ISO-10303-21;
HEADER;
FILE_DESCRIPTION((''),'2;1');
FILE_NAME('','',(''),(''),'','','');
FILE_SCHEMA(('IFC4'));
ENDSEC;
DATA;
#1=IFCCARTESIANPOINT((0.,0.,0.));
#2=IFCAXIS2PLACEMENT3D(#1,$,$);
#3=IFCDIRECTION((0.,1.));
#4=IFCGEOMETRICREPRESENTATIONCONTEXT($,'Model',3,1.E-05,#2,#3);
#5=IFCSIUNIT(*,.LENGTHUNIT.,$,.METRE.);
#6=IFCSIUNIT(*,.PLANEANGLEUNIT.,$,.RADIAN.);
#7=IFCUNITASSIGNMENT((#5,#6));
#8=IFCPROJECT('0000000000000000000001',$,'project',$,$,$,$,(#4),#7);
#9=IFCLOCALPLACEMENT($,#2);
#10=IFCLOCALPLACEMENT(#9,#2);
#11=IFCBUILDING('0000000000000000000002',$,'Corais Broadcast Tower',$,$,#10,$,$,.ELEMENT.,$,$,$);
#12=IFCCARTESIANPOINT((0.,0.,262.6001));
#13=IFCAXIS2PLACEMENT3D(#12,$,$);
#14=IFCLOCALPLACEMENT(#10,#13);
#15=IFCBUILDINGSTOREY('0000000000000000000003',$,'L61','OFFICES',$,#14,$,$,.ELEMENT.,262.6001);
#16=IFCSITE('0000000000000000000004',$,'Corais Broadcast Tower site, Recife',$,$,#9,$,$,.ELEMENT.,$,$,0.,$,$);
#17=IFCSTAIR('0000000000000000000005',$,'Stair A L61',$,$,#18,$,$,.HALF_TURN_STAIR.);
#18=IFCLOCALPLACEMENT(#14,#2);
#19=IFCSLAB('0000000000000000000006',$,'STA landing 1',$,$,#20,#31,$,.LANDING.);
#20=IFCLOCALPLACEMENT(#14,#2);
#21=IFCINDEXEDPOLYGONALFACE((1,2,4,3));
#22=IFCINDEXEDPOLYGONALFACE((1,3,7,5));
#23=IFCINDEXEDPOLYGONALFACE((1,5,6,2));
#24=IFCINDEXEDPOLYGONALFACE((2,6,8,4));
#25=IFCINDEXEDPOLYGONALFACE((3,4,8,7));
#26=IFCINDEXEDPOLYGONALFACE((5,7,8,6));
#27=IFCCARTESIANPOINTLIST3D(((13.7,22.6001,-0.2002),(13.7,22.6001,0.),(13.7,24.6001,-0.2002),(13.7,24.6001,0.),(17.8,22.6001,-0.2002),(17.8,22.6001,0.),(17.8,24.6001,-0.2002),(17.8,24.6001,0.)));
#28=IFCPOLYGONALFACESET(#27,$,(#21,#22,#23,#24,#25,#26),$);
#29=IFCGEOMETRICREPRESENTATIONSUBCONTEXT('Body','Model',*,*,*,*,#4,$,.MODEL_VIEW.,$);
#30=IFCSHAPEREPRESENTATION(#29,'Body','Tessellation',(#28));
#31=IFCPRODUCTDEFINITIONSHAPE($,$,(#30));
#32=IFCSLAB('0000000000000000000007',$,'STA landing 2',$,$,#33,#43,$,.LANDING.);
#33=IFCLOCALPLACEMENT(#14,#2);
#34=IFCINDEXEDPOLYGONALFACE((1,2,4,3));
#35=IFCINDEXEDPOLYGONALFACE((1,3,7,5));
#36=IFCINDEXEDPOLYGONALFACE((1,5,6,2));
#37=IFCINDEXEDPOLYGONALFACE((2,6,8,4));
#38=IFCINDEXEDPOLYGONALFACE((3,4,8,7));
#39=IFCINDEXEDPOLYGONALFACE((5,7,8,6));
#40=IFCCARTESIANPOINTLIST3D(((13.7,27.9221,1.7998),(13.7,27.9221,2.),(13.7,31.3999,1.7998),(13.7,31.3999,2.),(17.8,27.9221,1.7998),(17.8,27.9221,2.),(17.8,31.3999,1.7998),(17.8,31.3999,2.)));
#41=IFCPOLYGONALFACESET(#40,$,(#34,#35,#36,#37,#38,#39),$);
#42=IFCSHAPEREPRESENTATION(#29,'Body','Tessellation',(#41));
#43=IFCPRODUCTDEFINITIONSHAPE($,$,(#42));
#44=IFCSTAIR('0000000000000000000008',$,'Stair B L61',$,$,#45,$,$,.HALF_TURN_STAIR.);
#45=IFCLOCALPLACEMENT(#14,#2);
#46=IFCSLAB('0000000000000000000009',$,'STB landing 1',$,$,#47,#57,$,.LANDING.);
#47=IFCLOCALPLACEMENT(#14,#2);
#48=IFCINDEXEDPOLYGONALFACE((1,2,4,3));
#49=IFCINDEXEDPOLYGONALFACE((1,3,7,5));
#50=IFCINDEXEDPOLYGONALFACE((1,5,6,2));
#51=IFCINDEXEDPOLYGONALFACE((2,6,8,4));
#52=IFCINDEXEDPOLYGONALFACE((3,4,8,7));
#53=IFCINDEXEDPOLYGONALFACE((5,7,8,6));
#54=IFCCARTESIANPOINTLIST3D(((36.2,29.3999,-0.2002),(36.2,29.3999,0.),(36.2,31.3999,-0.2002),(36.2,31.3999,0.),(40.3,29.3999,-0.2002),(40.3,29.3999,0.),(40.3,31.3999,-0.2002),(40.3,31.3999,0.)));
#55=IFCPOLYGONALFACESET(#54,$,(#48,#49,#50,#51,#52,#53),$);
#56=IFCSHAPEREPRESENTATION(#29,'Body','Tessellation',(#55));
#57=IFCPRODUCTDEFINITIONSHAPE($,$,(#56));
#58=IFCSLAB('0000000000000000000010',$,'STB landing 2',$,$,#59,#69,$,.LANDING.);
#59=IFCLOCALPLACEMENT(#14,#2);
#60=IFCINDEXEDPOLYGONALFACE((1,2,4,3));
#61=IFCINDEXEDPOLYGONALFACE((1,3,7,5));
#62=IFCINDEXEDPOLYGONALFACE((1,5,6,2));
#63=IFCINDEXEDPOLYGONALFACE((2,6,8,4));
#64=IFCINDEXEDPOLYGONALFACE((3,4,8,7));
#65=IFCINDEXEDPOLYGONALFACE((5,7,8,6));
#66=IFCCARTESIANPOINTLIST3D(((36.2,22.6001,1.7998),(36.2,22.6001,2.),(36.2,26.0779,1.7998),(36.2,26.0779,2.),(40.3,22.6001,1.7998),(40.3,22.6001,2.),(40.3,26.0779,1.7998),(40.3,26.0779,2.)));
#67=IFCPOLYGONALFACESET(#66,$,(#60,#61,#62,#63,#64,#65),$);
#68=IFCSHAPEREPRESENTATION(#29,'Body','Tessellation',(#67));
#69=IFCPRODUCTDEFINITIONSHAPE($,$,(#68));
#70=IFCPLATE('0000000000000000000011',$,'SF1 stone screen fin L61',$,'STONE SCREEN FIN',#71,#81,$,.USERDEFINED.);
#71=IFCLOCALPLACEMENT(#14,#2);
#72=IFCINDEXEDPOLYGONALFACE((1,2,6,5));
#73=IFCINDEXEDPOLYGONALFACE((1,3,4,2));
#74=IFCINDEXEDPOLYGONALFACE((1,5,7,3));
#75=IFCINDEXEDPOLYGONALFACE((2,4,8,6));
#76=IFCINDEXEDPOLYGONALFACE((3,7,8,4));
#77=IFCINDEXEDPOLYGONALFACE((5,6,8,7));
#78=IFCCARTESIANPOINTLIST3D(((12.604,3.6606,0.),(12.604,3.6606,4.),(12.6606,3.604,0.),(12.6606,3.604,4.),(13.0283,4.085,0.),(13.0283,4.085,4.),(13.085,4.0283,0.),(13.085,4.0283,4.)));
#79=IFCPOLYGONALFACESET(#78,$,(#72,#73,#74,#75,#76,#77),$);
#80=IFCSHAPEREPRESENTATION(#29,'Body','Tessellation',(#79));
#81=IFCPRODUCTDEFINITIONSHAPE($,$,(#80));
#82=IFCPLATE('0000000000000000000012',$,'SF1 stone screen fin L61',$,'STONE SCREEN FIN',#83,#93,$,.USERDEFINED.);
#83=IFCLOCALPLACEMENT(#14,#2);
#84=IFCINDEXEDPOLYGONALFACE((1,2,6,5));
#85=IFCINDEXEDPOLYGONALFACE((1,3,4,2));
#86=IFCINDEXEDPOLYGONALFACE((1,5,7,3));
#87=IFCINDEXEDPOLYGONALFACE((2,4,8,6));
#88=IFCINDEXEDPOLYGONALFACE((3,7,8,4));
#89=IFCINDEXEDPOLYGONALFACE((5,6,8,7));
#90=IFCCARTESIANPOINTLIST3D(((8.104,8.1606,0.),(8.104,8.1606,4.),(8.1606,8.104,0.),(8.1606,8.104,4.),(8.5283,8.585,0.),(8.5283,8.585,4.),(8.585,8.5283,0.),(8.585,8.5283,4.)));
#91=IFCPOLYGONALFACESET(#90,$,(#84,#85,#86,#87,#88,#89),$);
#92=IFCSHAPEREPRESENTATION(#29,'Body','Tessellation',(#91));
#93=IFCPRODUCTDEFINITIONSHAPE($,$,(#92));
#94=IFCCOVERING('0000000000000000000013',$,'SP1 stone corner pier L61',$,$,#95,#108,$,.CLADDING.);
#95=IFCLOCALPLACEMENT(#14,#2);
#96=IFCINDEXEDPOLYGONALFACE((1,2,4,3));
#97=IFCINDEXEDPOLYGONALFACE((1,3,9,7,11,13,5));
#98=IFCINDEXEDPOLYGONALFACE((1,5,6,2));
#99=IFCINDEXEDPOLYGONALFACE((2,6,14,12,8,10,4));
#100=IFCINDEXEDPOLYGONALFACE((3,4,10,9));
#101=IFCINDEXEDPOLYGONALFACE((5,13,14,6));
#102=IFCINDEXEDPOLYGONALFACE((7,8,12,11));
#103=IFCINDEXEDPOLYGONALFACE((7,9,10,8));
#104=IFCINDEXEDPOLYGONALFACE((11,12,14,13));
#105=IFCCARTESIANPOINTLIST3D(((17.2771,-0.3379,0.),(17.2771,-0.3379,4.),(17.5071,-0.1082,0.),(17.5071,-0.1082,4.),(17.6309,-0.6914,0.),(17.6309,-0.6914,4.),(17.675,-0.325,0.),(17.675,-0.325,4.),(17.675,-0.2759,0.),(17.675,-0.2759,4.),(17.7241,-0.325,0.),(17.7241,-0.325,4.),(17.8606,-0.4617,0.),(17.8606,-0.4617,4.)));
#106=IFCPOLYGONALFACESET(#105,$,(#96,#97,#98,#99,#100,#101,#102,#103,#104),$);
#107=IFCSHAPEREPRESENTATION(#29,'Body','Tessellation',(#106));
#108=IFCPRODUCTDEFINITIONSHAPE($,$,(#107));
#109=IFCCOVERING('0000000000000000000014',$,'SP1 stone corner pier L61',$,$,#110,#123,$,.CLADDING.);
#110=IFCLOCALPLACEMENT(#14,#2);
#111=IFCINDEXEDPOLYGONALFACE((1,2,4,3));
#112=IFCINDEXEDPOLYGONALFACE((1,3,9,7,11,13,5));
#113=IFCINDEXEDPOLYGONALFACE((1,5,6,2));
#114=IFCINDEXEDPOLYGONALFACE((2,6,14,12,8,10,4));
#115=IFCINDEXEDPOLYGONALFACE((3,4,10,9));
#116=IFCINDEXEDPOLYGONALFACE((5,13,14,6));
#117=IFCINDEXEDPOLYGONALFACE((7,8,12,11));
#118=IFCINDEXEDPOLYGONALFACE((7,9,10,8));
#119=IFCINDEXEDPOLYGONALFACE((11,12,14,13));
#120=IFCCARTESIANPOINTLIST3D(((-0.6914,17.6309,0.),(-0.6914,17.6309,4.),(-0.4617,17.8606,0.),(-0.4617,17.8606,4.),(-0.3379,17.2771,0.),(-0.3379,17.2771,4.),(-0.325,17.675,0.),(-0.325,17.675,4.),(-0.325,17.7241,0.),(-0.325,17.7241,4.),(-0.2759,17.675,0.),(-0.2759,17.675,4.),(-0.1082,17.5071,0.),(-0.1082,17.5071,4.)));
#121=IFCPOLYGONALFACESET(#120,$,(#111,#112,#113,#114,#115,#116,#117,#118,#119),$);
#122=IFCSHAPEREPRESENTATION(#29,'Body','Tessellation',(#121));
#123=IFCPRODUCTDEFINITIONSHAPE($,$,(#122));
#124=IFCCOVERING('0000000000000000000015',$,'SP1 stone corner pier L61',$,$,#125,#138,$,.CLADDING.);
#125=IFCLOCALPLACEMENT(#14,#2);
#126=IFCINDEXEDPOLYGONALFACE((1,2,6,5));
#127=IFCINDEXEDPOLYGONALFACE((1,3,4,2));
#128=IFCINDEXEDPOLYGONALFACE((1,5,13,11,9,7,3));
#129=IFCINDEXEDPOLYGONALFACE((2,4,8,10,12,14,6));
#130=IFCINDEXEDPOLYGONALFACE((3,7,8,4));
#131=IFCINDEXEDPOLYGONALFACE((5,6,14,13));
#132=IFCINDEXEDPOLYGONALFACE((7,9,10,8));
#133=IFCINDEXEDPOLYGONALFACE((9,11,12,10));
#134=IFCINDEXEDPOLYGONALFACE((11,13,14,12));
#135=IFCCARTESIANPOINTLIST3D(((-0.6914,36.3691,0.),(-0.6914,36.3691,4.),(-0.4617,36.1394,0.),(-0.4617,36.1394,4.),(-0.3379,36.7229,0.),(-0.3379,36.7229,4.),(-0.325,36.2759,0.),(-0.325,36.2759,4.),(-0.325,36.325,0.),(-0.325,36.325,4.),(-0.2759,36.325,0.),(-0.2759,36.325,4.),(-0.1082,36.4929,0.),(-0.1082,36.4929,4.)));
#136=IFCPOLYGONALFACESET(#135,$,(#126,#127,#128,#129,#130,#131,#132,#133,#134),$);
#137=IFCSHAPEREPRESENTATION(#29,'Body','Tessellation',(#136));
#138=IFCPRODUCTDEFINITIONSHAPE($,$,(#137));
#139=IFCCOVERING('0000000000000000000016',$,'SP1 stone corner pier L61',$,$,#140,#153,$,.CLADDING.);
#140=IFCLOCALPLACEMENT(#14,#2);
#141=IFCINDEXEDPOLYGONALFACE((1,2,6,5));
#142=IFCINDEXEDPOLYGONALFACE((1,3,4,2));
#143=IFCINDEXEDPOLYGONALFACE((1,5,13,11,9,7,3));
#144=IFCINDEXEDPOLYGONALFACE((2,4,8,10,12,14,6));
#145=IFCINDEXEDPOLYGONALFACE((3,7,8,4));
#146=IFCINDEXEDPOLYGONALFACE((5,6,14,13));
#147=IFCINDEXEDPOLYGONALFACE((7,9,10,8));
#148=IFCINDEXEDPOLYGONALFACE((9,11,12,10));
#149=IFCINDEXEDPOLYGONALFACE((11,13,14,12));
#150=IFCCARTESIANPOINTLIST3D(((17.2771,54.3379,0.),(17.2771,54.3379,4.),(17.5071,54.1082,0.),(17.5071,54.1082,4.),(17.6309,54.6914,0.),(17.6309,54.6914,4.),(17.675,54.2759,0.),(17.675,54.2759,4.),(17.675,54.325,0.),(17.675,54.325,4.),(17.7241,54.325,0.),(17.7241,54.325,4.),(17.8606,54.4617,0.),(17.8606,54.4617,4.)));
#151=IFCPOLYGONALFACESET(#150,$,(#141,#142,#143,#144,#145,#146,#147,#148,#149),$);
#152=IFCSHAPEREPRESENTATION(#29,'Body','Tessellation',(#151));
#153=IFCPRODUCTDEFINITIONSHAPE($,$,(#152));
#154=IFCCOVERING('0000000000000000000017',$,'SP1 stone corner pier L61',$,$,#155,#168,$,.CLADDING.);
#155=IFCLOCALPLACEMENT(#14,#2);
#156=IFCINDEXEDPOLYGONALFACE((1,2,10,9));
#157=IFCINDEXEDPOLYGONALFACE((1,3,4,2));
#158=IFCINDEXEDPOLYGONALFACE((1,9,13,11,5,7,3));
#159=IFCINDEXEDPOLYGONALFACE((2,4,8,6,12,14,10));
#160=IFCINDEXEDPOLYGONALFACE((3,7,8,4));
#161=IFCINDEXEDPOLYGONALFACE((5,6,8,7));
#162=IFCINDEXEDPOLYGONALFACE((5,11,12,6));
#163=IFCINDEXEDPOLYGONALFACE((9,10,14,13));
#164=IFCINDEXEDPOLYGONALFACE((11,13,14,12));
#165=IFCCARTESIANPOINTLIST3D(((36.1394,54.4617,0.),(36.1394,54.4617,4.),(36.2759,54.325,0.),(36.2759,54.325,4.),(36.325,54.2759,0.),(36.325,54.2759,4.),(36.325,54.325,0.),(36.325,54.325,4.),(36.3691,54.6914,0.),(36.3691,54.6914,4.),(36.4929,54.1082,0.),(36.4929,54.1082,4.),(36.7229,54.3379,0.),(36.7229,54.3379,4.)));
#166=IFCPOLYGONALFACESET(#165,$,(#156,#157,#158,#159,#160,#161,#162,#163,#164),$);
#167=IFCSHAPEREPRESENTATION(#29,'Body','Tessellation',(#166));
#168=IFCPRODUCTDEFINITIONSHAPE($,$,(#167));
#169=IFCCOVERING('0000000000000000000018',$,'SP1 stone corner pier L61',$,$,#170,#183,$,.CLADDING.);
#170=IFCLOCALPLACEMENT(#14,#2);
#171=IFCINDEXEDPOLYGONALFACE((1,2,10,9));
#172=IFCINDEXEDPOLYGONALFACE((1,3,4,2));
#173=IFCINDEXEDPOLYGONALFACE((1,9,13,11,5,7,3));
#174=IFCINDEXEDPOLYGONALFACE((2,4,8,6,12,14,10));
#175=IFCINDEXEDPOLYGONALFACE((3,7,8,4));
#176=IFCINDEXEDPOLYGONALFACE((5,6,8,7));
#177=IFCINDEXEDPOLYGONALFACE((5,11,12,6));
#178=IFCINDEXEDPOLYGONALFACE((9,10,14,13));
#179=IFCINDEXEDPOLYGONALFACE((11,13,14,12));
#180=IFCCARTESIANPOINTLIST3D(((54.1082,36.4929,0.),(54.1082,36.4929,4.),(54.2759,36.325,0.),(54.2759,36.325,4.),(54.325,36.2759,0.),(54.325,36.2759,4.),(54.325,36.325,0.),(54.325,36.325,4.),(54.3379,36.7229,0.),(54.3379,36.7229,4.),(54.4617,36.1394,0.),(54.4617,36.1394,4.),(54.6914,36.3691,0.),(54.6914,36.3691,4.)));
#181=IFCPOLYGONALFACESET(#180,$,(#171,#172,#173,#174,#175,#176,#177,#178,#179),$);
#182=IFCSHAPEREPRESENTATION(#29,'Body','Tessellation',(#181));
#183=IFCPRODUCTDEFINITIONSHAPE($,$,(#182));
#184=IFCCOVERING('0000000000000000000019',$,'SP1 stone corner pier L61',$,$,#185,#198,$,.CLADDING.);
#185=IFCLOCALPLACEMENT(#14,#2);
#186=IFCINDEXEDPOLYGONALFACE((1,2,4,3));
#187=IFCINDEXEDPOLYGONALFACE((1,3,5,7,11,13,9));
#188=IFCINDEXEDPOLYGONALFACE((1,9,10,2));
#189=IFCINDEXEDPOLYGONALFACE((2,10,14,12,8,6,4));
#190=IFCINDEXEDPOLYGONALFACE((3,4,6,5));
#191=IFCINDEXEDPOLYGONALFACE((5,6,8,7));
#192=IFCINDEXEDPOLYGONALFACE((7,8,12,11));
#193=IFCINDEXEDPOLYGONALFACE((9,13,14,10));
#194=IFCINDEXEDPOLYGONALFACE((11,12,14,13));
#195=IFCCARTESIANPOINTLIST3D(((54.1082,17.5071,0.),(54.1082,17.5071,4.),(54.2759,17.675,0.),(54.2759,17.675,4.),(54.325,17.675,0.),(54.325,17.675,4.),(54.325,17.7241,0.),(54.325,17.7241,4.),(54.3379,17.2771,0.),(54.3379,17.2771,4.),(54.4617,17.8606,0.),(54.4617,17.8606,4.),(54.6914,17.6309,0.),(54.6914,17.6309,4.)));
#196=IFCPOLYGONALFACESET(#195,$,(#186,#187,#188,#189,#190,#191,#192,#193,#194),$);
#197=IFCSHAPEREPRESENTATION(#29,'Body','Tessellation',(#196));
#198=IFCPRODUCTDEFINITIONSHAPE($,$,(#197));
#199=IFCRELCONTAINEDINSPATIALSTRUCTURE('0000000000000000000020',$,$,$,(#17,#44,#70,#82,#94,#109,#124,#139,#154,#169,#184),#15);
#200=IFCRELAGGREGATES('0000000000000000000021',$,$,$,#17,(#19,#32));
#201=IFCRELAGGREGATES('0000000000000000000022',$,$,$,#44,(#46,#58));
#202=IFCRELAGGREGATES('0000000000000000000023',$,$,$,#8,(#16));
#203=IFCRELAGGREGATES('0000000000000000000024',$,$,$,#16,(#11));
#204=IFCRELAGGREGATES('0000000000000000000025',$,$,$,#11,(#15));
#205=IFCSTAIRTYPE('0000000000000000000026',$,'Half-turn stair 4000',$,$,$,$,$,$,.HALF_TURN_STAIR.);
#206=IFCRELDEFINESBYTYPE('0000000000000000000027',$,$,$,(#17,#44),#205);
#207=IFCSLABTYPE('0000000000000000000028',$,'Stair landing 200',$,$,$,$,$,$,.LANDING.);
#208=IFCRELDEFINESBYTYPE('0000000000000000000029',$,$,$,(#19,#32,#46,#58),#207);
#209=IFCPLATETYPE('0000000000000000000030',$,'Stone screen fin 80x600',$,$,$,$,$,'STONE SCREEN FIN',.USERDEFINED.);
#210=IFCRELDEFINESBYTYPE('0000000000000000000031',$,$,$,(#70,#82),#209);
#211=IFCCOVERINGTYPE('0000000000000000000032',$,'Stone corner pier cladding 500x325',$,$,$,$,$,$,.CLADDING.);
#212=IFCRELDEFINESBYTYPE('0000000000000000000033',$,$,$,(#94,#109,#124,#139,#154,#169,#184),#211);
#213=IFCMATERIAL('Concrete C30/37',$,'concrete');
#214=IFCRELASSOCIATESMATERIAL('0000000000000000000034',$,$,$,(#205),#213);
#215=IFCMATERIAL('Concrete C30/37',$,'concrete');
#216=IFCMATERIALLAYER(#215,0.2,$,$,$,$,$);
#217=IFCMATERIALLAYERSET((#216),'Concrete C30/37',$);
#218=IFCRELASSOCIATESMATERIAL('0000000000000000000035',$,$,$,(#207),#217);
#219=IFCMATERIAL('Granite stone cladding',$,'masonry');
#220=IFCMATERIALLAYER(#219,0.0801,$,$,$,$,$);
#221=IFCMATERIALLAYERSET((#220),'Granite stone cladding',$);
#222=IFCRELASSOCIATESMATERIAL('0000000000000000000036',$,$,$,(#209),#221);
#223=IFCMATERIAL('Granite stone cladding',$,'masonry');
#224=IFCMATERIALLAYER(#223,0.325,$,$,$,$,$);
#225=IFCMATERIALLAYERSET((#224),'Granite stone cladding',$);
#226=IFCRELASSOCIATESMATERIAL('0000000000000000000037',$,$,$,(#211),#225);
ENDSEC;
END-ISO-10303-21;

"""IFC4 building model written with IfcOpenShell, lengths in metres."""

from ifc_helpers import new_model, si_unit, direction, frame, origin, origin_2d, place, context, subcontext, project, spatial, polyline, rectangle, outline, extrude, material, layer, layer_set, type_object, element, aggregate, save


model = new_model("IFC4")

# Units and contexts
model_context = context("Model", 3, precision=1e-05, world=origin(), true_north=direction((0.0, 1.0)))
body_context = subcontext(model_context, "Body", "Model", "MODEL_VIEW")
ifc_project = project(units=[si_unit("LENGTHUNIT", "METRE"), si_unit("PLANEANGLEUNIT", "RADIAN")], contexts=[model_context])

# Site, building, storey
site_placement = place(None, origin())
site = spatial("IfcSite", under=ifc_project, at=site_placement, Name="Corais Broadcast Tower site, Recife", CompositionType="ELEMENT", RefElevation=0.0)
building_placement = place(site_placement, origin())
building = spatial("IfcBuilding", under=site, at=building_placement, Name="Corais Broadcast Tower", CompositionType="ELEMENT")
storey_placement = place(building_placement, frame((0.0, 0.0, 262.6001)))
storey = spatial("IfcBuildingStorey", under=building, at=storey_placement, Name="L61", Description="OFFICES", CompositionType="ELEMENT", Elevation=262.6001)

# Stairs, slabs
ifc_material_1 = material(Name="Concrete C30/37", Category="concrete")
stair_type = type_object("IfcStairType", Name="Half-turn stair 4000", PredefinedType="HALF_TURN_STAIR", material=ifc_material_1)
stair_1_placement = place(storey_placement, origin())
stair_1 = element("IfcStair", 1, at=stair_1_placement, inside=storey, type_object=stair_type, Name="Stair A L61", PredefinedType="HALF_TURN_STAIR")
ifc_material_2 = material(Name="Concrete C30/37", Category="concrete")
ifc_layer_1 = layer(ifc_material_2, 0.2)
ifc_layer_set_1 = layer_set([ifc_layer_1], Name="Concrete C30/37")
slab_type_1 = type_object("IfcSlabType", Name="Stair landing 200", PredefinedType="LANDING", material=ifc_layer_set_1)
slab_1_placement = place(storey_placement, frame((0.0, 0.0, -0.2002)))
slab_1 = element("IfcSlab", 2, at=slab_1_placement, type_object=slab_type_1, Name="STA landing 1", PredefinedType="LANDING", context=body_context, shape_type="SweptSolid", body=[
    extrude(outline(polyline([(13.7, 22.6001), (17.8, 22.6001), (17.8, 24.6001), (13.7, 24.6001), (13.7, 22.6001)])), origin(), (0.0, 0.0, 1.0), 0.2002),
])
slab_2_placement = place(storey_placement, frame((0.0, 0.0, 1.7998)))
slab_2 = element("IfcSlab", 3, at=slab_2_placement, type_object=slab_type_1, Name="STA landing 2", PredefinedType="LANDING", context=body_context, shape_type="SweptSolid", body=[
    extrude(outline(polyline([(13.7, 27.9221), (17.8, 27.9221), (17.8, 31.3999), (13.7, 31.3999), (13.7, 27.9221)])), origin(), (0.0, 0.0, 1.0), 0.2002),
])
aggregate(stair_1, [slab_1, slab_2])
stair_2_placement = place(storey_placement, origin())
stair_2 = element("IfcStair", 4, at=stair_2_placement, inside=storey, type_object=stair_type, Name="Stair B L61", PredefinedType="HALF_TURN_STAIR")
slab_3_placement = place(storey_placement, frame((0.0, 0.0, -0.2002)))
slab_3 = element("IfcSlab", 5, at=slab_3_placement, type_object=slab_type_1, Name="STB landing 1", PredefinedType="LANDING", context=body_context, shape_type="SweptSolid", body=[
    extrude(outline(polyline([(36.2, 29.3999), (40.3, 29.3999), (40.3, 31.3999), (36.2, 31.3999), (36.2, 29.3999)])), origin(), (0.0, 0.0, 1.0), 0.2002),
])
slab_4_placement = place(storey_placement, frame((0.0, 0.0, 1.7998)))
slab_4 = element("IfcSlab", 6, at=slab_4_placement, type_object=slab_type_1, Name="STB landing 2", PredefinedType="LANDING", context=body_context, shape_type="SweptSolid", body=[
    extrude(outline(polyline([(36.2, 22.6001), (40.3, 22.6001), (40.3, 26.0779), (36.2, 26.0779), (36.2, 22.6001)])), origin(), (0.0, 0.0, 1.0), 0.2002),
])
aggregate(stair_2, [slab_3, slab_4])

# Plates
ifc_material_3 = material(Name="Granite stone cladding", Category="masonry")
ifc_layer_2 = layer(ifc_material_3, 0.0801)
ifc_layer_set_2 = layer_set([ifc_layer_2], Name="Granite stone cladding")
plate_type_1 = type_object("IfcPlateType", Name="Stone screen fin 80x600", ElementType="STONE SCREEN FIN", PredefinedType="USERDEFINED", material=ifc_layer_set_2)
for number, where, z_axis, x_axis, name in (
    (7, (12.8445, 3.8445, 0.0), (0.0, 0.0, 1.0), (-0.707107, 0.707107, 0.0), "SF1 stone screen fin L61"),
    (8, (8.3445, 8.3445, 0.0), (0.0, 0.0, 1.0), (-0.707107, 0.707107, 0.0), "SF1 stone screen fin L61"),
):
    element("IfcPlate", number, at=place(storey_placement, frame(where, z_axis=z_axis, x_axis=x_axis)), inside=storey, type_object=plate_type_1, Name=name, ObjectType="STONE SCREEN FIN", PredefinedType="USERDEFINED", context=body_context, shape_type="SweptSolid", body=[
        extrude(rectangle(XDim=0.0801, YDim=0.6001, at=origin_2d()), origin(), (0.0, 0.0, 1.0), 4.0),
    ])

# Coverings
ifc_material_4 = material(Name="Granite stone cladding", Category="masonry")
ifc_layer_3 = layer(ifc_material_4, 0.325)
ifc_layer_set_3 = layer_set([ifc_layer_3], Name="Granite stone cladding")
covering_type_1 = type_object("IfcCoveringType", Name="Stone corner pier cladding 500x325", PredefinedType="CLADDING", material=ifc_layer_set_3)
covering_1_placement = place(storey_placement, origin())
element("IfcCovering", 9, at=covering_1_placement, inside=storey, type_object=covering_type_1, Name="SP1 stone corner pier L61", PredefinedType="CLADDING", context=body_context, shape_type="SweptSolid", body=[
    extrude(outline(polyline([(17.8606, -0.4617), (17.7241, -0.325), (17.675, -0.325), (17.675, -0.2759), (17.5071, -0.1082), (17.2771, -0.3379), (17.6309, -0.6914), (17.8606, -0.4617)])), origin(), (0.0, 0.0, 1.0), 4.0),
])
covering_2_placement = place(storey_placement, origin())
element("IfcCovering", 10, at=covering_2_placement, inside=storey, type_object=covering_type_1, Name="SP1 stone corner pier L61", PredefinedType="CLADDING", context=body_context, shape_type="SweptSolid", body=[
    extrude(outline(polyline([(-0.325, 17.7241), (-0.4617, 17.8606), (-0.6914, 17.6309), (-0.3379, 17.2771), (-0.1082, 17.5071), (-0.2759, 17.675), (-0.325, 17.675), (-0.325, 17.7241)])), origin(), (0.0, 0.0, 1.0), 4.0),
])
covering_3_placement = place(storey_placement, origin())
element("IfcCovering", 11, at=covering_3_placement, inside=storey, type_object=covering_type_1, Name="SP1 stone corner pier L61", PredefinedType="CLADDING", context=body_context, shape_type="SweptSolid", body=[
    extrude(outline(polyline([(-0.4617, 36.1394), (-0.325, 36.2759), (-0.325, 36.325), (-0.2759, 36.325), (-0.1082, 36.4929), (-0.3379, 36.7229), (-0.6914, 36.3691), (-0.4617, 36.1394)])), origin(), (0.0, 0.0, 1.0), 4.0),
])
covering_4_placement = place(storey_placement, origin())
element("IfcCovering", 12, at=covering_4_placement, inside=storey, type_object=covering_type_1, Name="SP1 stone corner pier L61", PredefinedType="CLADDING", context=body_context, shape_type="SweptSolid", body=[
    extrude(outline(polyline([(17.7241, 54.325), (17.8606, 54.4617), (17.6309, 54.6914), (17.2771, 54.3379), (17.5071, 54.1082), (17.675, 54.2759), (17.675, 54.325), (17.7241, 54.325)])), origin(), (0.0, 0.0, 1.0), 4.0),
])
covering_5_placement = place(storey_placement, origin())
element("IfcCovering", 13, at=covering_5_placement, inside=storey, type_object=covering_type_1, Name="SP1 stone corner pier L61", PredefinedType="CLADDING", context=body_context, shape_type="SweptSolid", body=[
    extrude(outline(polyline([(36.1394, 54.4617), (36.2759, 54.325), (36.325, 54.325), (36.325, 54.2759), (36.4929, 54.1082), (36.7229, 54.3379), (36.3691, 54.6914), (36.1394, 54.4617)])), origin(), (0.0, 0.0, 1.0), 4.0),
])
covering_6_placement = place(storey_placement, origin())
element("IfcCovering", 14, at=covering_6_placement, inside=storey, type_object=covering_type_1, Name="SP1 stone corner pier L61", PredefinedType="CLADDING", context=body_context, shape_type="SweptSolid", body=[
    extrude(outline(polyline([(54.325, 36.2759), (54.4617, 36.1394), (54.6914, 36.3691), (54.3379, 36.7229), (54.1082, 36.4929), (54.2759, 36.325), (54.325, 36.325), (54.325, 36.2759)])), origin(), (0.0, 0.0, 1.0), 4.0),
])
covering_7_placement = place(storey_placement, origin())
element("IfcCovering", 15, at=covering_7_placement, inside=storey, type_object=covering_type_1, Name="SP1 stone corner pier L61", PredefinedType="CLADDING", context=body_context, shape_type="SweptSolid", body=[
    extrude(outline(polyline([(54.4617, 17.8606), (54.325, 17.7241), (54.325, 17.675), (54.2759, 17.675), (54.1082, 17.5071), (54.3379, 17.2771), (54.6914, 17.6309), (54.4617, 17.8606)])), origin(), (0.0, 0.0, 1.0), 4.0),
])

save(model, "model.ifc")
